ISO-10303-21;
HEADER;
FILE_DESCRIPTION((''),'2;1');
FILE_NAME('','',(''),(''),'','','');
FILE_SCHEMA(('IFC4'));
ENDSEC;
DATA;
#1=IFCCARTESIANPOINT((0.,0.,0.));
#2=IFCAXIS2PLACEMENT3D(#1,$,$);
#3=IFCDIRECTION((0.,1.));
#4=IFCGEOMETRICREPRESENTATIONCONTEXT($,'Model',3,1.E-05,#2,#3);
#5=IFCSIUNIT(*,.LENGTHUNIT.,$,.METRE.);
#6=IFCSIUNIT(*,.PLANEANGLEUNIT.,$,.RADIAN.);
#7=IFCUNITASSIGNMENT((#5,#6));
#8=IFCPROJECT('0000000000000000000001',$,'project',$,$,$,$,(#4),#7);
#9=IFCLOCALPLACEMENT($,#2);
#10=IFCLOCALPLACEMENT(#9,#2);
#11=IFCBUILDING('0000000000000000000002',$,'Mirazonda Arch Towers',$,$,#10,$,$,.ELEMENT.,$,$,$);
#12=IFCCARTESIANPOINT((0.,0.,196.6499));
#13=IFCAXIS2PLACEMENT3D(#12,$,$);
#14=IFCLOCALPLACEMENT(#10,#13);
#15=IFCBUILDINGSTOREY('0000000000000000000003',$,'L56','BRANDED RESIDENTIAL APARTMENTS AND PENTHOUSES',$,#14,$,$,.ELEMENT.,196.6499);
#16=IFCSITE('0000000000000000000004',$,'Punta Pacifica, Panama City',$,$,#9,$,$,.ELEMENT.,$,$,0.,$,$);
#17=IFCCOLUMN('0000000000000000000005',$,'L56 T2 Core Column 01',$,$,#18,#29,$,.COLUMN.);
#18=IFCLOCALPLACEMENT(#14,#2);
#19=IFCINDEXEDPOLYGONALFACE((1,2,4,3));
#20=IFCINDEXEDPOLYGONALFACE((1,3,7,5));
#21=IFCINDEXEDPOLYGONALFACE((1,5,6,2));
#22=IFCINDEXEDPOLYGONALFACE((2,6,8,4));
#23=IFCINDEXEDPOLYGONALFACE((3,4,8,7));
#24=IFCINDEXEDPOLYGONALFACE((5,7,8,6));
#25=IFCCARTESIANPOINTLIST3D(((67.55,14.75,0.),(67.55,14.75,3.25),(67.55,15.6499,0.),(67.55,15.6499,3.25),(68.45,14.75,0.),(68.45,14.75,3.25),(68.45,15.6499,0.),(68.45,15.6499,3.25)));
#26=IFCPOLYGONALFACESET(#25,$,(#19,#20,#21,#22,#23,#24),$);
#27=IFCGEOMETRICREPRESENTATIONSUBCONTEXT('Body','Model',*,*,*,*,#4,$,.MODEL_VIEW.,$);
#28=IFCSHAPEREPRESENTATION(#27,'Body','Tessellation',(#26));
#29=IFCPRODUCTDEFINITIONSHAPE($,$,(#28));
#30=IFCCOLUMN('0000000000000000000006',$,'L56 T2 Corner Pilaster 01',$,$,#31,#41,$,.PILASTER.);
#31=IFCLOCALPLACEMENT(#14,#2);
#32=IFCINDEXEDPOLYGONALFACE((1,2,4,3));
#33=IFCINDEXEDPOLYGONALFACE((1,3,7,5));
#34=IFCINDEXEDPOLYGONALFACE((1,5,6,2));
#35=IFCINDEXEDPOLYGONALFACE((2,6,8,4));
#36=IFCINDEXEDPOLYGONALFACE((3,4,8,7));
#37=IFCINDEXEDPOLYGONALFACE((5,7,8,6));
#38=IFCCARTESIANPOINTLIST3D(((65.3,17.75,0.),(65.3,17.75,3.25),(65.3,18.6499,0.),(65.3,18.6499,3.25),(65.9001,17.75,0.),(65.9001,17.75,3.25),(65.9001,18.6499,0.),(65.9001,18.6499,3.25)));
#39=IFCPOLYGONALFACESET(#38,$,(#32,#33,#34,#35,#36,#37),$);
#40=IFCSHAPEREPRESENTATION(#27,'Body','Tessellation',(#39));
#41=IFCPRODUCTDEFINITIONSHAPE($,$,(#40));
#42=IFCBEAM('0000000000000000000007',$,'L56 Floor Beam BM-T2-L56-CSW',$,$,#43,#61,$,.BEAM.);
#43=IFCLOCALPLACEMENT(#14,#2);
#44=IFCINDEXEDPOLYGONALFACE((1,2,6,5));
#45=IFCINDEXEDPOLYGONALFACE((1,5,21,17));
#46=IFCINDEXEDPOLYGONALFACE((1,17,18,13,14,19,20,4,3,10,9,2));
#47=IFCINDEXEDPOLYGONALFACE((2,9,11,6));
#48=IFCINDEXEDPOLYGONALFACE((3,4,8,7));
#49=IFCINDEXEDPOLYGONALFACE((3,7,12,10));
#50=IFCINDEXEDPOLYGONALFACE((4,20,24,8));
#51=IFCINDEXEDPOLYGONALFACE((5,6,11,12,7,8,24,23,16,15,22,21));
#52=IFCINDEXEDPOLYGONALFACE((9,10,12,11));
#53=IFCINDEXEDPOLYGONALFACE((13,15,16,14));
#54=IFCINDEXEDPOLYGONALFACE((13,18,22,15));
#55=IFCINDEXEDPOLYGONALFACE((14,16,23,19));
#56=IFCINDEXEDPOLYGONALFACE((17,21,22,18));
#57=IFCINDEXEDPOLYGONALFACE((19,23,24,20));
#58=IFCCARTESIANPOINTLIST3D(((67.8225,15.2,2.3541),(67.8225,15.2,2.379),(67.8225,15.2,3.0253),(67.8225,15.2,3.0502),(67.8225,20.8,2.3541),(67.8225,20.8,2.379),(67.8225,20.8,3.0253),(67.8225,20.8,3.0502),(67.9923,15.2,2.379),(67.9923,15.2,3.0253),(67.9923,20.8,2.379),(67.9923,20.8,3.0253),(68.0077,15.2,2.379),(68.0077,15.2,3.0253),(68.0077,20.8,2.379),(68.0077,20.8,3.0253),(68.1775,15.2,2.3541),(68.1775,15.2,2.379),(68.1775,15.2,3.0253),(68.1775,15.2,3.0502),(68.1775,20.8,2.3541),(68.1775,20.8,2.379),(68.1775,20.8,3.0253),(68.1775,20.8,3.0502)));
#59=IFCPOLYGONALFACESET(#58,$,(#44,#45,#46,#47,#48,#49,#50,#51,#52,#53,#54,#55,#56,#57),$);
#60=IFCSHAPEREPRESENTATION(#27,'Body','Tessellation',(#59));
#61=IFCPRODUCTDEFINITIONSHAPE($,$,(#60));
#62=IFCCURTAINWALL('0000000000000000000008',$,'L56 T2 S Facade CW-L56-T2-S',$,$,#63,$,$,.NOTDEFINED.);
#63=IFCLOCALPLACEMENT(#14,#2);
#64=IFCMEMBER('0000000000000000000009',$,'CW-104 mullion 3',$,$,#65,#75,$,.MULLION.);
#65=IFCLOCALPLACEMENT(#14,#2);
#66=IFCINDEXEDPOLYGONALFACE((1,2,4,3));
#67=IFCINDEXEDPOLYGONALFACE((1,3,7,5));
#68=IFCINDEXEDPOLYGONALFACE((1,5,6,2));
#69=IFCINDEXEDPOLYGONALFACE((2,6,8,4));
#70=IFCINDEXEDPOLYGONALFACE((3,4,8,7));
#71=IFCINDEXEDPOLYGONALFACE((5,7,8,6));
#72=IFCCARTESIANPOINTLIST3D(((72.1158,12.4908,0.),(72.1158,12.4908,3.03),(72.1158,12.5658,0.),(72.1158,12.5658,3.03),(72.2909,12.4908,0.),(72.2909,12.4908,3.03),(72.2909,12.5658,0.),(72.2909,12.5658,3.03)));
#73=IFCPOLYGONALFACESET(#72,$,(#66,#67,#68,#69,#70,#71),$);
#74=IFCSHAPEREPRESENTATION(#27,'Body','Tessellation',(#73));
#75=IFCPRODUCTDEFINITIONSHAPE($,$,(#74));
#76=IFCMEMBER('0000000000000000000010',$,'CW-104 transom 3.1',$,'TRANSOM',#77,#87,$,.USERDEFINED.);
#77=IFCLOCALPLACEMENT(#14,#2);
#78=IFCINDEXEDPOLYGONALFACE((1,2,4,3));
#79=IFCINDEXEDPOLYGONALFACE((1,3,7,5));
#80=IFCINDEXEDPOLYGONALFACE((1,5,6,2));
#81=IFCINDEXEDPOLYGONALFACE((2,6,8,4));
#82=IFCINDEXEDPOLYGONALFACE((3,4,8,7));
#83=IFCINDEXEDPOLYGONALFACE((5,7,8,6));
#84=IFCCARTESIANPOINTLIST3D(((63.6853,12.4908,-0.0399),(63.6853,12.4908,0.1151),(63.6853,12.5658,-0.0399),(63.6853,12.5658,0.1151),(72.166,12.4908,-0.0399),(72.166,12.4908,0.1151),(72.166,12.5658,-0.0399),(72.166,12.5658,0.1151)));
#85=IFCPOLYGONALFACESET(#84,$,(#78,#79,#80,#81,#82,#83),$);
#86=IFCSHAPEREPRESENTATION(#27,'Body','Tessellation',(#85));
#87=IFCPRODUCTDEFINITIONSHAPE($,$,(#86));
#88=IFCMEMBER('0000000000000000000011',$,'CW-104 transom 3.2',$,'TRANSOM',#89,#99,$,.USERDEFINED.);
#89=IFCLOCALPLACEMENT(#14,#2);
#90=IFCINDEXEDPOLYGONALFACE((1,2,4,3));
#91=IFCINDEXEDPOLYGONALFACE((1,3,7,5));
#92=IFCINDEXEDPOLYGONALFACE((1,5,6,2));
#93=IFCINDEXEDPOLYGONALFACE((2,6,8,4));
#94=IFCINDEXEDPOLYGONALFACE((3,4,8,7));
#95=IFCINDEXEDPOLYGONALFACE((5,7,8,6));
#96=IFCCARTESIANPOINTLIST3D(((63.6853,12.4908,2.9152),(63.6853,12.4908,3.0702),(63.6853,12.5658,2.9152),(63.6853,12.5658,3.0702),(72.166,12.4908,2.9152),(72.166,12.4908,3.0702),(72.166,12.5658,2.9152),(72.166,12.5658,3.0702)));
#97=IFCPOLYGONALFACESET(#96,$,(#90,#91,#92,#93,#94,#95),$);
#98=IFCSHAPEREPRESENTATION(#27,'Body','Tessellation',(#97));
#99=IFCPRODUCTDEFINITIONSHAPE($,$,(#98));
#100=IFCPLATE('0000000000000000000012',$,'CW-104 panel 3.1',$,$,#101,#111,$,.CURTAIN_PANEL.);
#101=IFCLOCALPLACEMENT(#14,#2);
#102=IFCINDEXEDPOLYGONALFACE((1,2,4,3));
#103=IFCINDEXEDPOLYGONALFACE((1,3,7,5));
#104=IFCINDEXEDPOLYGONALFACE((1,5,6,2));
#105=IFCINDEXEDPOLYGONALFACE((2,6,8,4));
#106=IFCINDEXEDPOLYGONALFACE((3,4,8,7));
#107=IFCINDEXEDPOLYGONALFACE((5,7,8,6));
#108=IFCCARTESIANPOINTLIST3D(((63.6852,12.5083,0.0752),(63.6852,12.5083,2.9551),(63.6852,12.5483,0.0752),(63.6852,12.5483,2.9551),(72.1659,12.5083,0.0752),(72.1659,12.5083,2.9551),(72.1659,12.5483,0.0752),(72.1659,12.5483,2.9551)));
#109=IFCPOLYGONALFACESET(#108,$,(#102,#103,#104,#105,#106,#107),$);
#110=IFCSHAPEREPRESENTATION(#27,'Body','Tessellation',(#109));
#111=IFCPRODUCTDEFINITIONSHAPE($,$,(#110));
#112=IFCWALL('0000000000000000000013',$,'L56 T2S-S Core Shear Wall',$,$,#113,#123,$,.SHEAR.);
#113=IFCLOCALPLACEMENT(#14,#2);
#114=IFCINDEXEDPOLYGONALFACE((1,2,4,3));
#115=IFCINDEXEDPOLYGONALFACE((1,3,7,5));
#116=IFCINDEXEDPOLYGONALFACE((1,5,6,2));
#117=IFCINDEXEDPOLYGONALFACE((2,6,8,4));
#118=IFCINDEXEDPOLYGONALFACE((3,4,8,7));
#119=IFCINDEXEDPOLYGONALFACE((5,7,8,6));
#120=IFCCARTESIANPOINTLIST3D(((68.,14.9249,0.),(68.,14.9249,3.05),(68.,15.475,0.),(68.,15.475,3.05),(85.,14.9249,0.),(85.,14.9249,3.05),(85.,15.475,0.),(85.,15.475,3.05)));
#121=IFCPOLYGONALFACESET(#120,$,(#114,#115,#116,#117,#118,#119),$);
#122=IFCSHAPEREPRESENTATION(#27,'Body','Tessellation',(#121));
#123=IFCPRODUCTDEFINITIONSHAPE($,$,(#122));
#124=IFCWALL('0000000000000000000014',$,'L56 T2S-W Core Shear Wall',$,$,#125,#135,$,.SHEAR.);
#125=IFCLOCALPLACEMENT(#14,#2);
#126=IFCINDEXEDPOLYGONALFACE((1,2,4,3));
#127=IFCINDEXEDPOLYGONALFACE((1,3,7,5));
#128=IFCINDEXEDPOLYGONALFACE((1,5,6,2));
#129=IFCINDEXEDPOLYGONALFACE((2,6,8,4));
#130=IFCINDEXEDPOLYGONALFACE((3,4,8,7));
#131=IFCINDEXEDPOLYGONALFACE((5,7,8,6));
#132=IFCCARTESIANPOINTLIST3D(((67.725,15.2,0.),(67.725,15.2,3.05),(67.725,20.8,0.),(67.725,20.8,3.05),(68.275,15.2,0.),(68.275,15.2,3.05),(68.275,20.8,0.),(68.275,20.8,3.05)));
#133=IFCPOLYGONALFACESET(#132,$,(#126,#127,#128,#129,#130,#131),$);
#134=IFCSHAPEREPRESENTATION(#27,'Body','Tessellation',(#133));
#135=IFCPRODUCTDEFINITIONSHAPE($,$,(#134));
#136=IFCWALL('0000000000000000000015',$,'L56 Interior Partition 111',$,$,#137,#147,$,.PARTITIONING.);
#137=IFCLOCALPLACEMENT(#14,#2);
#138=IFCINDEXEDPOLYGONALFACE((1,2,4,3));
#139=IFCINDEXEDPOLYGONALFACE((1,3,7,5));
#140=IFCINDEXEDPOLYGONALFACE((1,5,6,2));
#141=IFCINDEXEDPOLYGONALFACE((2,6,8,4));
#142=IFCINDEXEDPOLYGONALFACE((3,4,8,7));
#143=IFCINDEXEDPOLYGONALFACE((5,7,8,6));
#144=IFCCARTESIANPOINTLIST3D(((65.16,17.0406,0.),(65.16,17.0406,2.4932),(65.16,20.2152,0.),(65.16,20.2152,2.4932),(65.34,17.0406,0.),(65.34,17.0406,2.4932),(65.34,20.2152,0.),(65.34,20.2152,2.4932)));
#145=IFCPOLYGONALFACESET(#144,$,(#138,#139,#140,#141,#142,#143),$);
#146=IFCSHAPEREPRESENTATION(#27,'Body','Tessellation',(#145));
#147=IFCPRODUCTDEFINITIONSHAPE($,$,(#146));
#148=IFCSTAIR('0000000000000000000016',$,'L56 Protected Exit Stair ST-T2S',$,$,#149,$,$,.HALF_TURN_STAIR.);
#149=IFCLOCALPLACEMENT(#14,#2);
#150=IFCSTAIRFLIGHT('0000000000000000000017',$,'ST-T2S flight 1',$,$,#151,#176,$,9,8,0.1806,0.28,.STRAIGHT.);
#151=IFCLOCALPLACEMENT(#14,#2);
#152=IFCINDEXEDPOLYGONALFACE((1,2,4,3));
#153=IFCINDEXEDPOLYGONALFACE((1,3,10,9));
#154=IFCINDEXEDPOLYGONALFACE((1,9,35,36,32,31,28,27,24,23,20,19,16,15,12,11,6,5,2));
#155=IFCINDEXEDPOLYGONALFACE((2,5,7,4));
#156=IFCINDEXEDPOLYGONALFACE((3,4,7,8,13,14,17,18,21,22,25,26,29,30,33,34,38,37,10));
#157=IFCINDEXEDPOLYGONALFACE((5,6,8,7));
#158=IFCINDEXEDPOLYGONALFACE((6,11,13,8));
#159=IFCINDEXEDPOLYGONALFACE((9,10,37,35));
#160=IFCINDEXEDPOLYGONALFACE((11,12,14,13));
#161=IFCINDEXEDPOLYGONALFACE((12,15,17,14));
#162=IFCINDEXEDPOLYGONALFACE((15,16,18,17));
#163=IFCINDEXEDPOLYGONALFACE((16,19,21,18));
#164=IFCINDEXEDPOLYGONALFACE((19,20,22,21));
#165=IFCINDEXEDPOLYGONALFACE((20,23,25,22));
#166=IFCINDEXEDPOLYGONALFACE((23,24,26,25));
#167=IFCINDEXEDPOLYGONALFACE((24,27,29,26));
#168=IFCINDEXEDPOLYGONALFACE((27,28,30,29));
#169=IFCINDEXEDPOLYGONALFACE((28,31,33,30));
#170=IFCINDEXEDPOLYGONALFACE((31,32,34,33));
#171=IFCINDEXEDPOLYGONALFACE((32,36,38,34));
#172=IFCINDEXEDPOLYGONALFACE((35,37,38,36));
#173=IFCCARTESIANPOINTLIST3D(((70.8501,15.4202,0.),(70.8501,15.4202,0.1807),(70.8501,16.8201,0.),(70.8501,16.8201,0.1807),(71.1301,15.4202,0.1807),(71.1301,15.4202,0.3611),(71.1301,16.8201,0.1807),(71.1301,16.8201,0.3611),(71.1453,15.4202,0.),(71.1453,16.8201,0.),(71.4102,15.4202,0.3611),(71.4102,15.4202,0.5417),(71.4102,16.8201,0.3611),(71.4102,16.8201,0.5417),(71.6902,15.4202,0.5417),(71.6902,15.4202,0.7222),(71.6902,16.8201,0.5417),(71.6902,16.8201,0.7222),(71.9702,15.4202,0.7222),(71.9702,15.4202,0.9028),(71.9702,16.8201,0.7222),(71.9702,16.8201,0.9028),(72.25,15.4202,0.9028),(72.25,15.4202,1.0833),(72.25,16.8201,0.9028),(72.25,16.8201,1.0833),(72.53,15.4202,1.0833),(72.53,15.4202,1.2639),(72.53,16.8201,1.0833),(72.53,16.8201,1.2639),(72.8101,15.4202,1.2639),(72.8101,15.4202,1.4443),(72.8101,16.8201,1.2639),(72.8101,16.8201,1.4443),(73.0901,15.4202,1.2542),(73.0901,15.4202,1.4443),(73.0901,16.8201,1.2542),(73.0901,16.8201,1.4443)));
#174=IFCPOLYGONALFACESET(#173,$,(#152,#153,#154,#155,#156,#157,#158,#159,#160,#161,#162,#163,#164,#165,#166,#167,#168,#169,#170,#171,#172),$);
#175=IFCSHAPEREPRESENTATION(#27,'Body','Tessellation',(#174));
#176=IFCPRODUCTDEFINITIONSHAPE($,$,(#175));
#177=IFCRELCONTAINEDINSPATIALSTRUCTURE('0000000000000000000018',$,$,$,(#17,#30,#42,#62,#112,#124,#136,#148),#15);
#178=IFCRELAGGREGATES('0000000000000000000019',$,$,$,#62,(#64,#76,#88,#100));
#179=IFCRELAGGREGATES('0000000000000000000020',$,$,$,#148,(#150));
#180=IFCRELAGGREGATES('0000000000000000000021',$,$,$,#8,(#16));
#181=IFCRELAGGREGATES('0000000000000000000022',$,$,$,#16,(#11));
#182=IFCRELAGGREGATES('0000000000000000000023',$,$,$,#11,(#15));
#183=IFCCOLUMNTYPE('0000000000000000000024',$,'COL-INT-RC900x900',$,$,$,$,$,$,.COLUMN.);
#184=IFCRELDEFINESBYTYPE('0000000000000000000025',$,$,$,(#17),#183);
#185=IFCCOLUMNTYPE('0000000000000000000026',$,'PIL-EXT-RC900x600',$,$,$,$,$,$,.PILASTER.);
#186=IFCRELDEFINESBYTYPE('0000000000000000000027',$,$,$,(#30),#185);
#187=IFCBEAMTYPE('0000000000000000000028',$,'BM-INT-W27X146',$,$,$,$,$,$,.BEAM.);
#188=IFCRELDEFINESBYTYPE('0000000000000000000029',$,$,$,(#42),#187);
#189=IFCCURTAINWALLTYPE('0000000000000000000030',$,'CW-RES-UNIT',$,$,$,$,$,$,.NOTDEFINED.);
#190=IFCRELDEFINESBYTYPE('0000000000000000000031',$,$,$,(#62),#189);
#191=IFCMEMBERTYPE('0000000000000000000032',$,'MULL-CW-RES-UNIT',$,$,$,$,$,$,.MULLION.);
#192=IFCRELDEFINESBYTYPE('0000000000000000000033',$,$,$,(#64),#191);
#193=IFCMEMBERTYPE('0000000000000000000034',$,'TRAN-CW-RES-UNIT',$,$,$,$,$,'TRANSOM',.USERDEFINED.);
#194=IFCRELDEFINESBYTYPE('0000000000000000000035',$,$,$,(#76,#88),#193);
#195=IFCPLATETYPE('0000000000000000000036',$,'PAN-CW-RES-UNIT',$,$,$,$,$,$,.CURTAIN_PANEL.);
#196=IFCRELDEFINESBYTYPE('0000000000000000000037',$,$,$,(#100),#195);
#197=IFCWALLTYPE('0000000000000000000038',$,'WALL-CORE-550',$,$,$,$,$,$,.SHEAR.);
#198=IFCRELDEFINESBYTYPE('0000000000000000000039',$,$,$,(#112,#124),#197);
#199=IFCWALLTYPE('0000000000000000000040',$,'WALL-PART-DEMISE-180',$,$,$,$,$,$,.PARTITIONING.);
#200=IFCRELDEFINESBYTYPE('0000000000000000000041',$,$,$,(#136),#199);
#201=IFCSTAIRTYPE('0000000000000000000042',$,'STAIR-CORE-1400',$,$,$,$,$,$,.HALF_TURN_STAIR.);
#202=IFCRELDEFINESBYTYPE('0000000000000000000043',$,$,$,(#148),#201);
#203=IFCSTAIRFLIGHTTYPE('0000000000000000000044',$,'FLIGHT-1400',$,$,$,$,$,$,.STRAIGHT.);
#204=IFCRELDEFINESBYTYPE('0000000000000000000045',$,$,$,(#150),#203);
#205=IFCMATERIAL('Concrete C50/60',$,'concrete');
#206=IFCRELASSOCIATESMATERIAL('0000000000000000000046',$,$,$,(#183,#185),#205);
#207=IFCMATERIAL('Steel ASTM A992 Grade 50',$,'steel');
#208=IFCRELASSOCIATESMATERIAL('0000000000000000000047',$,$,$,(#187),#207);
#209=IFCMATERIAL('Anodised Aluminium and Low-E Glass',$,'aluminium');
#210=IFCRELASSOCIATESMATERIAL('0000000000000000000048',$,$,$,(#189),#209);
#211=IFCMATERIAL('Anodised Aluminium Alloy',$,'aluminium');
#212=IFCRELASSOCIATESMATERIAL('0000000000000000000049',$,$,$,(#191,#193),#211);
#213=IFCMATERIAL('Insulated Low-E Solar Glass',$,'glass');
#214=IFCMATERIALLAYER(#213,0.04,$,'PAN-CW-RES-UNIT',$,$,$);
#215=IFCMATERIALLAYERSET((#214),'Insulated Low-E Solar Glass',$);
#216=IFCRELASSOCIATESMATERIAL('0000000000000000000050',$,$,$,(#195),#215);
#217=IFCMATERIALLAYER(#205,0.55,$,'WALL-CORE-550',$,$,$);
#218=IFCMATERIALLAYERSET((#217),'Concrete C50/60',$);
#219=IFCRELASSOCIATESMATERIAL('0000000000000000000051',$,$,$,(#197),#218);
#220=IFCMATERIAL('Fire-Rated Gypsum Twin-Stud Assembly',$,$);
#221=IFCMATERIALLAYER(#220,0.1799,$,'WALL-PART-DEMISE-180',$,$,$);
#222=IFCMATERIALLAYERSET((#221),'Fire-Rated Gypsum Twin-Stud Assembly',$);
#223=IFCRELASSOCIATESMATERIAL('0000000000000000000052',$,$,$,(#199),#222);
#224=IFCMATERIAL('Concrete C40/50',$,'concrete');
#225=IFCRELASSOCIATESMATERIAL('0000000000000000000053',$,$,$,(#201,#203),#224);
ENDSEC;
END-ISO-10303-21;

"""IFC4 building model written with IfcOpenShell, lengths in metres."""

from ifc_helpers import new_model, si_unit, direction, frame, frame_2d, origin, origin_2d, place, context, subcontext, project, spatial, polyline, rectangle, i_section, outline, extrude, material, layer, layer_set, material_profile, profile_set, type_object, element, aggregate, save


model = new_model("IFC4")

# Units and contexts
model_context = context("Model", 3, precision=1e-05, world=origin(), true_north=direction((0.0, 1.0)))
body_context = subcontext(model_context, "Body", "Model", "MODEL_VIEW")
ifc_project = project(units=[si_unit("LENGTHUNIT", "METRE"), si_unit("PLANEANGLEUNIT", "RADIAN")], contexts=[model_context])

# Site, building, storey
site_placement = place(None, origin())
site = spatial("IfcSite", under=ifc_project, at=site_placement, Name="Punta Pacifica, Panama City", CompositionType="ELEMENT", RefElevation=0.0)
building_placement = place(site_placement, origin())
building = spatial("IfcBuilding", under=site, at=building_placement, Name="Mirazonda Arch Towers", CompositionType="ELEMENT")
storey_placement = place(building_placement, frame((0.0, 0.0, 196.6499)))
storey = spatial("IfcBuildingStorey", under=building, at=storey_placement, Name="L56", Description="BRANDED RESIDENTIAL APARTMENTS AND PENTHOUSES", CompositionType="ELEMENT", Elevation=196.6499)

# Columns
ifc_material_1 = material(Name="Concrete C50/60", Category="concrete")
ifc_material_profile_1 = material_profile(ifc_material_1, rectangle(XDim=0.8999, YDim=0.8999, at=origin_2d()), Name="RC900x900")
ifc_profile_set_1 = profile_set([ifc_material_profile_1], Name="Concrete C50/60")
column_type_1 = type_object("IfcColumnType", Name="COL-INT-RC900x900", PredefinedType="COLUMN", material=ifc_profile_set_1)
column_1_placement = place(storey_placement, frame((68.0, 15.2, 0.0), z_axis=(0.0, 0.0, 1.0), x_axis=(1.0, 0.0, 0.0)))
element("IfcColumn", 1, at=column_1_placement, inside=storey, type_object=column_type_1, Name="L56 T2 Core Column 01", PredefinedType="COLUMN", context=body_context, shape_type="SweptSolid", body=[
    extrude(rectangle(XDim=0.8999, YDim=0.8999, at=origin_2d()), origin(), (0.0, 0.0, 1.0), 3.25),
])
ifc_material_profile_2 = material_profile(ifc_material_1, rectangle(XDim=0.6001, YDim=0.8999, at=origin_2d()), Name="RC900x600")
ifc_profile_set_2 = profile_set([ifc_material_profile_2], Name="Concrete C50/60")
column_type_2 = type_object("IfcColumnType", Name="PIL-EXT-RC900x600", PredefinedType="PILASTER", material=ifc_profile_set_2)
column_2_placement = place(storey_placement, frame((65.6001, 18.2, 0.0), z_axis=(0.0, 0.0, 1.0), x_axis=(1.0, 0.0, 0.0)))
element("IfcColumn", 2, at=column_2_placement, inside=storey, type_object=column_type_2, Name="L56 T2 Corner Pilaster 01", PredefinedType="PILASTER", context=body_context, shape_type="SweptSolid", body=[
    extrude(rectangle(XDim=0.6001, YDim=0.8999, at=origin_2d()), origin(), (0.0, 0.0, 1.0), 3.25),
])

# Beam
ifc_material_2 = material(Name="Steel ASTM A992 Grade 50", Category="steel")
ifc_material_profile_3 = material_profile(ifc_material_2, i_section(OverallWidth=0.355, OverallDepth=0.696, WebThickness=0.0154, FlangeThickness=0.0249, at=origin_2d()), Name="W27X146")
ifc_profile_set_3 = profile_set([ifc_material_profile_3], Name="Steel ASTM A992 Grade 50")
beam_type = type_object("IfcBeamType", Name="BM-INT-W27X146", PredefinedType="BEAM", material=ifc_profile_set_3)
beam_placement = place(storey_placement, frame((68.0, 15.2, 2.7021), z_axis=(0.0, 1.0, 0.0), x_axis=(-1.0, 0.0, 0.0)))
element("IfcBeam", 3, at=beam_placement, inside=storey, type_object=beam_type, Name="L56 Floor Beam BM-T2-L56-CSW", PredefinedType="BEAM", context=body_context, shape_type="SweptSolid", body=[
    extrude(i_section(OverallWidth=0.355, OverallDepth=0.696, WebThickness=0.0154, FlangeThickness=0.0249, at=origin_2d()), origin(), (0.0, 0.0, 1.0), 5.6001),
])

# Curtain wall, members, plate
ifc_material_3 = material(Name="Anodised Aluminium and Low-E Glass", Category="aluminium")
curtain_wall_type = type_object("IfcCurtainWallType", Name="CW-RES-UNIT", PredefinedType="NOTDEFINED", material=ifc_material_3)
curtain_wall_placement = place(storey_placement, origin())
curtain_wall = element("IfcCurtainWall", 4, at=curtain_wall_placement, inside=storey, type_object=curtain_wall_type, Name="L56 T2 S Facade CW-L56-T2-S", PredefinedType="NOTDEFINED")
ifc_material_4 = material(Name="Anodised Aluminium Alloy", Category="aluminium")
ifc_material_profile_4 = material_profile(ifc_material_4, rectangle(XDim=0.075, YDim=0.175, at=origin_2d()), Name="ALU-MULL-75x175")
ifc_profile_set_4 = profile_set([ifc_material_profile_4], Name="Anodised Aluminium Alloy")
member_type_1 = type_object("IfcMemberType", Name="MULL-CW-RES-UNIT", PredefinedType="MULLION", material=ifc_profile_set_4)
member_1_placement = place(storey_placement, frame((72.2034, 12.5283, 0.0), z_axis=(0.0, 0.0, 1.0), x_axis=(0.0, -1.0, 0.0)))
member_1 = element("IfcMember", 5, at=member_1_placement, type_object=member_type_1, Name="CW-104 mullion 3", PredefinedType="MULLION", context=body_context, shape_type="SweptSolid", body=[
    extrude(rectangle(XDim=0.075, YDim=0.175, at=origin_2d()), origin(), (0.0, 0.0, 1.0), 3.03),
])
ifc_material_profile_5 = material_profile(ifc_material_4, rectangle(XDim=0.075, YDim=0.155, at=origin_2d()), Name="ALU-TRAN-75x155")
ifc_profile_set_5 = profile_set([ifc_material_profile_5], Name="Anodised Aluminium Alloy")
member_type_2 = type_object("IfcMemberType", Name="TRAN-CW-RES-UNIT", ElementType="TRANSOM", PredefinedType="USERDEFINED", material=ifc_profile_set_5)
member_2_placement = place(storey_placement, frame((72.166, 12.5283, 0.0376), z_axis=(-1.0, 0.0, 0.0), x_axis=(0.0, -1.0, 0.0)))
member_2 = element("IfcMember", 6, at=member_2_placement, type_object=member_type_2, Name="CW-104 transom 3.1", ObjectType="TRANSOM", PredefinedType="USERDEFINED", context=body_context, shape_type="SweptSolid", body=[
    extrude(rectangle(XDim=0.075, YDim=0.155, at=origin_2d()), origin(), (0.0, 0.0, 1.0), 8.4807),
])
member_3_placement = place(storey_placement, frame((72.166, 12.5283, 2.9927), z_axis=(-1.0, 0.0, 0.0), x_axis=(0.0, -1.0, 0.0)))
member_3 = element("IfcMember", 7, at=member_3_placement, type_object=member_type_2, Name="CW-104 transom 3.2", ObjectType="TRANSOM", PredefinedType="USERDEFINED", context=body_context, shape_type="SweptSolid", body=[
    extrude(rectangle(XDim=0.075, YDim=0.155, at=origin_2d()), origin(), (0.0, 0.0, 1.0), 8.4807),
])
ifc_material_5 = material(Name="Insulated Low-E Solar Glass", Category="glass")
ifc_layer_1 = layer(ifc_material_5, 0.04, Name="PAN-CW-RES-UNIT")
ifc_layer_set_1 = layer_set([ifc_layer_1], Name="Insulated Low-E Solar Glass")
plate_type = type_object("IfcPlateType", Name="PAN-CW-RES-UNIT", PredefinedType="CURTAIN_PANEL", material=ifc_layer_set_1)
plate_placement = place(storey_placement, frame((67.9255, 12.5283, 0.0752), z_axis=(0.0, 0.0, 1.0), x_axis=(-1.0, 0.0, 0.0)))
plate = element("IfcPlate", 8, at=plate_placement, type_object=plate_type, Name="CW-104 panel 3.1", PredefinedType="CURTAIN_PANEL", context=body_context, shape_type="SweptSolid", body=[
    extrude(rectangle(XDim=8.4807, YDim=0.04, at=origin_2d()), origin(), (0.0, 0.0, 1.0), 2.8799),
])
aggregate(curtain_wall, [member_1, member_2, member_3, plate])

# Walls
ifc_layer_2 = layer(ifc_material_1, 0.55, Name="WALL-CORE-550")
ifc_layer_set_2 = layer_set([ifc_layer_2], Name="Concrete C50/60")
wall_type_1 = type_object("IfcWallType", Name="WALL-CORE-550", PredefinedType="SHEAR", material=ifc_layer_set_2)
wall_1_placement = place(storey_placement, frame((68.0, 15.2, 0.0), z_axis=(0.0, 0.0, 1.0), x_axis=(1.0, 0.0, 0.0)))
element("IfcWall", 9, at=wall_1_placement, inside=storey, type_object=wall_type_1, Name="L56 T2S-S Core Shear Wall", PredefinedType="SHEAR", context=body_context, shape_type="SweptSolid", body=[
    extrude(rectangle(XDim=17.0, YDim=0.55, at=frame_2d((8.5, 0.0))), origin(), (0.0, 0.0, 1.0), 3.05),
])
wall_2_placement = place(storey_placement, frame((68.0, 15.2, 0.0), z_axis=(0.0, 0.0, 1.0), x_axis=(0.0, 1.0, 0.0)))
element("IfcWall", 10, at=wall_2_placement, inside=storey, type_object=wall_type_1, Name="L56 T2S-W Core Shear Wall", PredefinedType="SHEAR", context=body_context, shape_type="SweptSolid", body=[
    extrude(rectangle(XDim=5.6001, YDim=0.55, at=frame_2d((2.8, 0.0))), origin(), (0.0, 0.0, 1.0), 3.05),
])
ifc_material_6 = material(Name="Fire-Rated Gypsum Twin-Stud Assembly")
ifc_layer_3 = layer(ifc_material_6, 0.1799, Name="WALL-PART-DEMISE-180")
ifc_layer_set_3 = layer_set([ifc_layer_3], Name="Fire-Rated Gypsum Twin-Stud Assembly")
wall_type_2 = type_object("IfcWallType", Name="WALL-PART-DEMISE-180", PredefinedType="PARTITIONING", material=ifc_layer_set_3)
wall_3_placement = place(storey_placement, frame((65.25, 17.0405, 0.0), z_axis=(0.0, 0.0, 1.0), x_axis=(0.0, 1.0, 0.0)))
element("IfcWall", 11, at=wall_3_placement, inside=storey, type_object=wall_type_2, Name="L56 Interior Partition 111", PredefinedType="PARTITIONING", context=body_context, shape_type="SweptSolid", body=[
    extrude(rectangle(XDim=3.1746, YDim=0.1799, at=frame_2d((1.5874, 0.0))), origin(), (0.0, 0.0, 1.0), 2.4932),
])

# Stair, stair flight
ifc_material_7 = material(Name="Concrete C40/50", Category="concrete")
stair_type = type_object("IfcStairType", Name="STAIR-CORE-1400", PredefinedType="HALF_TURN_STAIR", material=ifc_material_7)
stair_placement = place(storey_placement, origin())
stair = element("IfcStair", 12, at=stair_placement, inside=storey, type_object=stair_type, Name="L56 Protected Exit Stair ST-T2S", PredefinedType="HALF_TURN_STAIR")
stair_flight_type = type_object("IfcStairFlightType", Name="FLIGHT-1400", PredefinedType="STRAIGHT", material=ifc_material_7)
stair_flight_placement = place(storey_placement, frame((70.8501, 16.1201, 0.0), z_axis=(0.0, 0.0, 1.0), x_axis=(1.0, 0.0, 0.0)))
stair_flight = element("IfcStairFlight", 13, at=stair_flight_placement, type_object=stair_flight_type, Name="ST-T2S flight 1", NumberOfRisers=9, NumberOfTreads=8, PredefinedType="STRAIGHT", RiserHeight=0.1806, TreadLength=0.28, context=body_context, shape_type="SweptSolid", body=[
    extrude(outline(polyline([(0.0, 0.0), (0.0, 0.1807), (0.28, 0.1807), (0.28, 0.3611), (0.5601, 0.3611), (0.5601, 0.5417), (0.8401, 0.5417), (0.8401, 0.7222), (1.1201, 0.7222), (1.1201, 0.9028), (1.3999, 0.9028), (1.3999, 1.0833), (1.6799, 1.0833), (1.6799, 1.2639), (1.96, 1.2639), (1.96, 1.4443), (2.24, 1.4443), (2.24, 1.625), (2.24, 1.2542), (0.2952, 0.0), (0.0, 0.0)])), frame((0.0, 0.7, 0.0), z_axis=(0.0, -1.0, 0.0), x_axis=(1.0, 0.0, 0.0)), (0.0, 0.0, 1.0), 1.3999),
])
aggregate(stair, [stair_flight])

save(model, "model.ifc")
